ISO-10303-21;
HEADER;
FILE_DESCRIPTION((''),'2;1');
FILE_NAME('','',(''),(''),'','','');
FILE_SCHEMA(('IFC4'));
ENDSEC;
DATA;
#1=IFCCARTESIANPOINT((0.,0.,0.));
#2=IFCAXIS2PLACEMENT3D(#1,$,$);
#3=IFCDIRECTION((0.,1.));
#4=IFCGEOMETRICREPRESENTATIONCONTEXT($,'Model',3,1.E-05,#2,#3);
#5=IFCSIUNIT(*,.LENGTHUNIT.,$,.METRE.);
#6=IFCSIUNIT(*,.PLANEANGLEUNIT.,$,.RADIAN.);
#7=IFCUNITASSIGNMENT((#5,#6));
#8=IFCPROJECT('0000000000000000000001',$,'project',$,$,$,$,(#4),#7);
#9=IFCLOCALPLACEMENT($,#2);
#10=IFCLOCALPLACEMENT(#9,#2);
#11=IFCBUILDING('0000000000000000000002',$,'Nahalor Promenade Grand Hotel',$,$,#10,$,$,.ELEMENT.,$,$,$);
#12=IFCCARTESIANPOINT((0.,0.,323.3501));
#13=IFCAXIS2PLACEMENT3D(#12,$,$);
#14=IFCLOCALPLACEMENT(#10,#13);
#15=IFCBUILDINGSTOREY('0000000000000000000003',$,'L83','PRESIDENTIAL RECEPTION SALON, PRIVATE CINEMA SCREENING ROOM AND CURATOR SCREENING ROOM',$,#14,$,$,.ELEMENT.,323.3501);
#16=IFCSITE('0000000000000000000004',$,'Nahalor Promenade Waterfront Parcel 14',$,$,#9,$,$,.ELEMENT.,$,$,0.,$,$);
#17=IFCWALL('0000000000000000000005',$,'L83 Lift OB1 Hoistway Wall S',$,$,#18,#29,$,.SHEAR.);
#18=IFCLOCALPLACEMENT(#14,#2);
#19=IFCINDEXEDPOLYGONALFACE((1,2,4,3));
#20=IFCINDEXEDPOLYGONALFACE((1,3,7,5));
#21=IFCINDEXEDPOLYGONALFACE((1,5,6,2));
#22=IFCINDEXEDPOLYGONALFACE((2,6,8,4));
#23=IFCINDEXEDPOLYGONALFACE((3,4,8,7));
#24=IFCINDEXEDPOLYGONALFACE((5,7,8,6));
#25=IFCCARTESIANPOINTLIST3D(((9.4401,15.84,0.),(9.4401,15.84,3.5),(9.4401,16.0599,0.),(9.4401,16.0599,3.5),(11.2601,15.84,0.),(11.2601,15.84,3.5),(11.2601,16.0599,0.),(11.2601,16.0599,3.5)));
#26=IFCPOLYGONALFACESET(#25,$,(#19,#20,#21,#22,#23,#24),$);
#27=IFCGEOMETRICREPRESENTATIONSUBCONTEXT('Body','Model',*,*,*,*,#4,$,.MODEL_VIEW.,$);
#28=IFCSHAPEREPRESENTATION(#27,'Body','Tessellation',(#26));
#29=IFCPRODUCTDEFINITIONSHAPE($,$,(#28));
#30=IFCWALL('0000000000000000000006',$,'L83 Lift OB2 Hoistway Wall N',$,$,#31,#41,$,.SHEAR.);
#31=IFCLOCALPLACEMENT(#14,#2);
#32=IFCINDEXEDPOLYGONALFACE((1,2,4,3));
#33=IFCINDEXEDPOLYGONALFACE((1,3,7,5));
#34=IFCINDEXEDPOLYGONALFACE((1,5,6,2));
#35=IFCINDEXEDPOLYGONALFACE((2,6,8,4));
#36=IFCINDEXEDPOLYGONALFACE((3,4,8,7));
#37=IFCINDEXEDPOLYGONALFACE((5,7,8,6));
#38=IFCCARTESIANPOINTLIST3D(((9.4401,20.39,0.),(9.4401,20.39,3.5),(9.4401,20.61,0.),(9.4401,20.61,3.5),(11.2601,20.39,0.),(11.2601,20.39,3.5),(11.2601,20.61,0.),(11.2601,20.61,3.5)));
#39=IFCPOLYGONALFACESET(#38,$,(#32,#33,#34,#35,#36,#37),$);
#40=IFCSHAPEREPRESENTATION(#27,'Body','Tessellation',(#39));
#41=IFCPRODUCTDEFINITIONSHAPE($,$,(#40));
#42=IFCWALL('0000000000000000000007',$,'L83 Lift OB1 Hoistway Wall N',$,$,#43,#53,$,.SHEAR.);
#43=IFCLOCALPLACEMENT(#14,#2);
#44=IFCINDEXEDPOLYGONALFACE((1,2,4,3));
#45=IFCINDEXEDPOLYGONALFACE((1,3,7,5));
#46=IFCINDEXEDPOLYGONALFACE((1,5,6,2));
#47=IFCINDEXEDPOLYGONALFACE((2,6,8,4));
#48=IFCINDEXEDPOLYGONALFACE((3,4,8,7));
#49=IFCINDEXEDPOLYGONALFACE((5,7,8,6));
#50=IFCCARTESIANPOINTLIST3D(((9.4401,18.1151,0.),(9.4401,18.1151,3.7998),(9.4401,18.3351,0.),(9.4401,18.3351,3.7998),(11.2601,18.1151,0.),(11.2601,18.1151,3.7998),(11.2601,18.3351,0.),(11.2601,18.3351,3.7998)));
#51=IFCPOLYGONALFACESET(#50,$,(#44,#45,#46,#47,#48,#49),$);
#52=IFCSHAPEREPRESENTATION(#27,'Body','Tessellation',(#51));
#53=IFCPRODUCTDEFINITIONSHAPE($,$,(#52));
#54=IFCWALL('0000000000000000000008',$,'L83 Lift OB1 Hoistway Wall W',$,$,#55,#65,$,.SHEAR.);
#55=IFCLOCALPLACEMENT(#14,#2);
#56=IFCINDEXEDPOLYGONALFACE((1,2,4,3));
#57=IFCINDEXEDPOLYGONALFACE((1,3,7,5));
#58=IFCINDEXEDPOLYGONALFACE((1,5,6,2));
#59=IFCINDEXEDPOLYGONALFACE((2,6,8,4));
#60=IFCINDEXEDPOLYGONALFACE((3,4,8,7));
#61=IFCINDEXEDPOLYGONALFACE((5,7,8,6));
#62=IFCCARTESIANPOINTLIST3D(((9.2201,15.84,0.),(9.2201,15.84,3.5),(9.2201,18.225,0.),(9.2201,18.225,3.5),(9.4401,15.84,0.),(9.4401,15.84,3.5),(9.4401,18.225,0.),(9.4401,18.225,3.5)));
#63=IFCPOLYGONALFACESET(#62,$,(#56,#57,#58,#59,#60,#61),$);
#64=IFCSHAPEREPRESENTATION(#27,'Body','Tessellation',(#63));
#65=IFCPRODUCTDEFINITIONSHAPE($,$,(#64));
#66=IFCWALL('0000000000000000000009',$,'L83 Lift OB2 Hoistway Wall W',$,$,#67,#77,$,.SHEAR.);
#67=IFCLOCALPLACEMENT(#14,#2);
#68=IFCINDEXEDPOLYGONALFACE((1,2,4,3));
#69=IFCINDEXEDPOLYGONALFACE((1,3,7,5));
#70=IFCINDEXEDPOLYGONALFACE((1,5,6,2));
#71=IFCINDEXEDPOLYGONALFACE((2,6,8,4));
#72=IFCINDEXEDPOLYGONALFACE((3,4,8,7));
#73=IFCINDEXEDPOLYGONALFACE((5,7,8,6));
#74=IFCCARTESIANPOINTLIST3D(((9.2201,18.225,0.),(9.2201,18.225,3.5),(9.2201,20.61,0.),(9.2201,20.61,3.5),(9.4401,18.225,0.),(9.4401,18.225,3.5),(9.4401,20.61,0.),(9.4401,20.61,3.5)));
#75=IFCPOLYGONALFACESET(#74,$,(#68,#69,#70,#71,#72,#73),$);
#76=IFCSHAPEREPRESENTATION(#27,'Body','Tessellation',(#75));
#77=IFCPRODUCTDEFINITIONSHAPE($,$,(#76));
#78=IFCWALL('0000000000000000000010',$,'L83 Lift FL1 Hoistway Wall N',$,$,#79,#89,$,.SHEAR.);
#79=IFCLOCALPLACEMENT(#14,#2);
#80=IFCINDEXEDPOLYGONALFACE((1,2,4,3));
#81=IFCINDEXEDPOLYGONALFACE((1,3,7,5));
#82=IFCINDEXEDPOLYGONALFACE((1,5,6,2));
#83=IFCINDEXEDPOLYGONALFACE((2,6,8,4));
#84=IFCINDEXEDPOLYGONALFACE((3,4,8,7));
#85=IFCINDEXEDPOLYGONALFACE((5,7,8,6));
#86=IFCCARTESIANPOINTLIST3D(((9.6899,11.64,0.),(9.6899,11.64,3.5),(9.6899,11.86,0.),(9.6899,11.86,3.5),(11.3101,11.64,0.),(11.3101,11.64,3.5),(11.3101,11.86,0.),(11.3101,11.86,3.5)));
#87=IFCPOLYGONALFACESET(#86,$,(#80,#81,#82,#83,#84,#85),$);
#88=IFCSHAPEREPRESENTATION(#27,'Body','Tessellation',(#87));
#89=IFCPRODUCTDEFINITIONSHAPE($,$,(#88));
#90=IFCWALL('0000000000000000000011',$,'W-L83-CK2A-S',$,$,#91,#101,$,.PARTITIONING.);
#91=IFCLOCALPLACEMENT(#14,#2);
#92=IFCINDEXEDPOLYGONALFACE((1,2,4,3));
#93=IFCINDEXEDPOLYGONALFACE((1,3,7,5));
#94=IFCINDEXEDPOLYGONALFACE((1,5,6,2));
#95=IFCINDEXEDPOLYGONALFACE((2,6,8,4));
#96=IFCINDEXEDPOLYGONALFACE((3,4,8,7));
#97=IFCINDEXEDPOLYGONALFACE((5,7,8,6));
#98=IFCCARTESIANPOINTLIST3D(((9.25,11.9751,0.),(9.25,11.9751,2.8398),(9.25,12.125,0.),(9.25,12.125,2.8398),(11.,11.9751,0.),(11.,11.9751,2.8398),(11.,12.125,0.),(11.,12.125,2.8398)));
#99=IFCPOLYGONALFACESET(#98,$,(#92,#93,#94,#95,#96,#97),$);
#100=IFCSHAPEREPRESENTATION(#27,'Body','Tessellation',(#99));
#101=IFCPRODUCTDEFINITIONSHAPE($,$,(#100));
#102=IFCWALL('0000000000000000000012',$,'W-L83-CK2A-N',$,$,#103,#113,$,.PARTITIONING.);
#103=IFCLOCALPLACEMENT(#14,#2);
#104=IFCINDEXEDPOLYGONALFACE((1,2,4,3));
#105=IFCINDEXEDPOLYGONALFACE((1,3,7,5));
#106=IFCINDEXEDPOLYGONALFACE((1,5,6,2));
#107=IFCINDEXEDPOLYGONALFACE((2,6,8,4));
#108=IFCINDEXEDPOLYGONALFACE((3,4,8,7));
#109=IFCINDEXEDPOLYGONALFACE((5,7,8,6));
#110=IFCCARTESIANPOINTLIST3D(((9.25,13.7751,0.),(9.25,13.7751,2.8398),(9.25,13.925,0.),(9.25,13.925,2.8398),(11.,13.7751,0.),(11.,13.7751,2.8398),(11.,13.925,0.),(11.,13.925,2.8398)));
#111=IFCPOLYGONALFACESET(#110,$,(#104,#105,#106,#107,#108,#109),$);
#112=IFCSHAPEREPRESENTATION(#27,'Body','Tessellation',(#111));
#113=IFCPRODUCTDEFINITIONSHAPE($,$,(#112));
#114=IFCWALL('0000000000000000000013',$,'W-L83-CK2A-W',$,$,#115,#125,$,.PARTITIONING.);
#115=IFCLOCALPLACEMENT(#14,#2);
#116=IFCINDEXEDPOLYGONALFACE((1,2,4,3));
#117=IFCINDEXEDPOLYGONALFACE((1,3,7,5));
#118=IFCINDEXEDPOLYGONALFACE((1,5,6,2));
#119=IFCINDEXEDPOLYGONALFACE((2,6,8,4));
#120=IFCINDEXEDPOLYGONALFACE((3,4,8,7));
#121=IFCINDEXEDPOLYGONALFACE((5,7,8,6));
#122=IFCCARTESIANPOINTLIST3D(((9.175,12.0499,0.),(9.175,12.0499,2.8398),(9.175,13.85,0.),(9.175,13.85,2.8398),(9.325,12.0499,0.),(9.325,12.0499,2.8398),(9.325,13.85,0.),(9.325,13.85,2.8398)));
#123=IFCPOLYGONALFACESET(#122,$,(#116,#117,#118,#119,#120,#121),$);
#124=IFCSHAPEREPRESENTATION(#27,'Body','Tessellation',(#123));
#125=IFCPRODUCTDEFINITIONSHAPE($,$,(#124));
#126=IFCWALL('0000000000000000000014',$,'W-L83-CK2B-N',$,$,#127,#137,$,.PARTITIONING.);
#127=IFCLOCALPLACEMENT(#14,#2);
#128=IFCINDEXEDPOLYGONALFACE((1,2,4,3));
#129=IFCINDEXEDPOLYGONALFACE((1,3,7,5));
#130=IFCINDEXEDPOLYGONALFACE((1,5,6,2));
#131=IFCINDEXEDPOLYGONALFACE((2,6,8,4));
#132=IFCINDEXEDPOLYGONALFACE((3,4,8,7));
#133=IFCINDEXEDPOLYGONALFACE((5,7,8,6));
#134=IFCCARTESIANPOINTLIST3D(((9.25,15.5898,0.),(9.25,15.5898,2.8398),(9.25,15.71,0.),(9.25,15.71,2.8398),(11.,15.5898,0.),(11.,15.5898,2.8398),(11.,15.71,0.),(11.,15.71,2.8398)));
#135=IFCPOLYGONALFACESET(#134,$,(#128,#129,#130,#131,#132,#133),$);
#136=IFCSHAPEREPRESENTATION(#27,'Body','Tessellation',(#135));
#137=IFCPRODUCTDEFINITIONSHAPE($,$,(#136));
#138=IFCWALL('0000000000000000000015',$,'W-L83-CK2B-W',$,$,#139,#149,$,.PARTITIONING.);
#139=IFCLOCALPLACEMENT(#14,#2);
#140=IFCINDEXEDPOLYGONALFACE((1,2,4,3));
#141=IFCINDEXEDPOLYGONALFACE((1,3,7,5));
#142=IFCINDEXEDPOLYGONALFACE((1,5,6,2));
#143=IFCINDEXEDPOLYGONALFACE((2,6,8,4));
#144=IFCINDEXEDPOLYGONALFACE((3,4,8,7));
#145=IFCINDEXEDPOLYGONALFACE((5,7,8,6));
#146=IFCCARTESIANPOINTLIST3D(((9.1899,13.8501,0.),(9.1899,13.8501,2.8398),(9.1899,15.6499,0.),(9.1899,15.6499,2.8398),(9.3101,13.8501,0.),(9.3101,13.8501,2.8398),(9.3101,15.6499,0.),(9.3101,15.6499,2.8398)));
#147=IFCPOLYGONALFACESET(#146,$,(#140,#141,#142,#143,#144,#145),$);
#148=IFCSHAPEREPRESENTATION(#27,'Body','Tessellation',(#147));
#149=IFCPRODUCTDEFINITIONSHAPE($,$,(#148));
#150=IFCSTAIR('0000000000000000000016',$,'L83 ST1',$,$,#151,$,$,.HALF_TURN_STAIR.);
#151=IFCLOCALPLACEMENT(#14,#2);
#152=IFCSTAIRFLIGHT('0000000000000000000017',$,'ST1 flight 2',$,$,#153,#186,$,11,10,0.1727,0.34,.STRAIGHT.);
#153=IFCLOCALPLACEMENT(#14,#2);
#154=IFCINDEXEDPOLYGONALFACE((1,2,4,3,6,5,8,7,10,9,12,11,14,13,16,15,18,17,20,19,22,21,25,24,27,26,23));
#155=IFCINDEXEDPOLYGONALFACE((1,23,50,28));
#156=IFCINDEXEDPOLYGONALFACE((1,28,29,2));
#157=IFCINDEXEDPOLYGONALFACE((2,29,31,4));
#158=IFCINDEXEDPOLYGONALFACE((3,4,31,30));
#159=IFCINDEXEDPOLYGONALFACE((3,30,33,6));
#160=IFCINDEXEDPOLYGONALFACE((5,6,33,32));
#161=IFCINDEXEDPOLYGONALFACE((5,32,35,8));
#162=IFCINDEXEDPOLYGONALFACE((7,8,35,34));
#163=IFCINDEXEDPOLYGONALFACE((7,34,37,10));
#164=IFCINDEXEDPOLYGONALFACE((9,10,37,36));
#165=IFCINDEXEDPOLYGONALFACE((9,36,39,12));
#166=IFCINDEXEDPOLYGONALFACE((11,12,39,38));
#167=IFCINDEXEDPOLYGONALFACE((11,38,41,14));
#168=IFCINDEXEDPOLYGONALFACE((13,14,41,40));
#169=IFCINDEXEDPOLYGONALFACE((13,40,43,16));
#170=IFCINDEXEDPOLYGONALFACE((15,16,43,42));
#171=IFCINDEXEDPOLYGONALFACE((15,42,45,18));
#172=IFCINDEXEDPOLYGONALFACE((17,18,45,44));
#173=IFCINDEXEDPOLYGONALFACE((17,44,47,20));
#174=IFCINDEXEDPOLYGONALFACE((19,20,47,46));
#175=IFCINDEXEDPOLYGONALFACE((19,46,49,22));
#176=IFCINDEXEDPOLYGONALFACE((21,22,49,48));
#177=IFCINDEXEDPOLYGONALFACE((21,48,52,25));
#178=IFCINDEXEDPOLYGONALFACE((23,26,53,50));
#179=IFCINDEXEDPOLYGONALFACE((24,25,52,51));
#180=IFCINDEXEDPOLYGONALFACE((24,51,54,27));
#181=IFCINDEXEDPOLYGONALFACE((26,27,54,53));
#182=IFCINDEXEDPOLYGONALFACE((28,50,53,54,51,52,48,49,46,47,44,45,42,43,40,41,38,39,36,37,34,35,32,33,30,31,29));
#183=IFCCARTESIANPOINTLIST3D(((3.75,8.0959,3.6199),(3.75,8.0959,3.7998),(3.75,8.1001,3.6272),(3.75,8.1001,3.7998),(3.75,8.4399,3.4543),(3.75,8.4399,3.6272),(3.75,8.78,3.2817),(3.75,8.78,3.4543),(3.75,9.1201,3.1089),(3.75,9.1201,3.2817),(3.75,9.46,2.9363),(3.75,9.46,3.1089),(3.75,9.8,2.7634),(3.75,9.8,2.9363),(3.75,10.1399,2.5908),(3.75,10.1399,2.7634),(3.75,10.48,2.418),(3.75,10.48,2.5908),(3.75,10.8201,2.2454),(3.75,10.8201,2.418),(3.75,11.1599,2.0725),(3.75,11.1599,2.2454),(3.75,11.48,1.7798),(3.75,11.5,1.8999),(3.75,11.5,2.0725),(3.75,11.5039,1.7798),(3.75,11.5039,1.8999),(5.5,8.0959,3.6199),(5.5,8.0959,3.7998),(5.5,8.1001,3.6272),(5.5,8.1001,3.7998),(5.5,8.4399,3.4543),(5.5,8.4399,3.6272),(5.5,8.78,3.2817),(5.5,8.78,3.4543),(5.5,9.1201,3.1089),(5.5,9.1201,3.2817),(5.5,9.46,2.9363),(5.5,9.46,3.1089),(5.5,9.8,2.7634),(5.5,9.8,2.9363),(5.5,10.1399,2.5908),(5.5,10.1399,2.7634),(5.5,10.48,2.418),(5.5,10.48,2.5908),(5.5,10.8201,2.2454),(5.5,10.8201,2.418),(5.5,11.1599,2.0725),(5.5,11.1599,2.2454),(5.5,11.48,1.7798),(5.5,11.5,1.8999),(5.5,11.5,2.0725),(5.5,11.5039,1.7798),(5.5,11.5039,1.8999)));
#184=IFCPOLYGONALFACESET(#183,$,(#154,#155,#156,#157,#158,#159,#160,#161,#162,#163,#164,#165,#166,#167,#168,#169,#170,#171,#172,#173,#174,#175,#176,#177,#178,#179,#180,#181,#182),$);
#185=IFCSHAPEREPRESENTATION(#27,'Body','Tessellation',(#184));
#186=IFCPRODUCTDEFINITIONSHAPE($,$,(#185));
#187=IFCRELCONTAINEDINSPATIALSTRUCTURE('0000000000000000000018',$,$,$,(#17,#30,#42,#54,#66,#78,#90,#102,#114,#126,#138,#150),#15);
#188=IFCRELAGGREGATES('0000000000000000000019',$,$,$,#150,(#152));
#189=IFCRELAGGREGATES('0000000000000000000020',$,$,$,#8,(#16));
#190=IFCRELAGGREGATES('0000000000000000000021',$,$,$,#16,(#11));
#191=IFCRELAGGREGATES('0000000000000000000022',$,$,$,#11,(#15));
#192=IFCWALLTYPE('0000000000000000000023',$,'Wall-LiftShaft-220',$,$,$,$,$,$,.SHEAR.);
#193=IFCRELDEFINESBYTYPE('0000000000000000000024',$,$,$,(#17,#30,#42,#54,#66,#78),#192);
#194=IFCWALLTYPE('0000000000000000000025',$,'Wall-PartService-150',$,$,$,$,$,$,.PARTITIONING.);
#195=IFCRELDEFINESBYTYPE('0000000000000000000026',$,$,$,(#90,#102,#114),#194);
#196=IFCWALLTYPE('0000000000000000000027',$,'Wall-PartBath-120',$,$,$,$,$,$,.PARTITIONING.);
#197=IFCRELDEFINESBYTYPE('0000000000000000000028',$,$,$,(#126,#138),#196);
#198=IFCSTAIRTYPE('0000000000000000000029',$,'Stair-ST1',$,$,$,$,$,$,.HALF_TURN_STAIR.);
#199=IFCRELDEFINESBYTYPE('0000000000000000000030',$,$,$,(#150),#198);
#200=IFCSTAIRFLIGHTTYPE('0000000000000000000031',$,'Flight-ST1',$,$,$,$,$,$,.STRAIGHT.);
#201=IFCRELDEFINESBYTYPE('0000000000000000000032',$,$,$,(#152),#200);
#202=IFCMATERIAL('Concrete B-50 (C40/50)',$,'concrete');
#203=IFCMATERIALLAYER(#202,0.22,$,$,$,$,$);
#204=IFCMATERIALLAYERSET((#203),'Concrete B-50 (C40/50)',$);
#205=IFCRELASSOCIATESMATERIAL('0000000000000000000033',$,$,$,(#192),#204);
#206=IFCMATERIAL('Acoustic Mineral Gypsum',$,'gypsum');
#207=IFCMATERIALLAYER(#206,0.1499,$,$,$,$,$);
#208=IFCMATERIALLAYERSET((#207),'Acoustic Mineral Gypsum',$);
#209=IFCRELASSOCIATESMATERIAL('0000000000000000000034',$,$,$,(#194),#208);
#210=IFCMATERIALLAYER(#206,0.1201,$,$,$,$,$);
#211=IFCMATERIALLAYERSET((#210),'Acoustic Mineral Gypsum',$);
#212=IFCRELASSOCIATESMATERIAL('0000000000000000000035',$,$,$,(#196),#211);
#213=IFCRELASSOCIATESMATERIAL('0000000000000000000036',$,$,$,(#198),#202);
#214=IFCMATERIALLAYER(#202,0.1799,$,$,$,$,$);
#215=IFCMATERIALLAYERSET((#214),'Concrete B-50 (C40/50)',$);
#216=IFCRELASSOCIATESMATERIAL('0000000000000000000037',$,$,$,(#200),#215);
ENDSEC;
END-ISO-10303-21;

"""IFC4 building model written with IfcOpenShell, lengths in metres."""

from ifc_helpers import new_model, si_unit, direction, frame, frame_2d, origin, place, context, subcontext, project, spatial, polyline, rectangle, outline, extrude, source, transform, mapped, material, layer, layer_set, type_object, element, aggregate, save


model = new_model("IFC4")

# Units and contexts
model_context = context("Model", 3, precision=1e-05, world=origin(), true_north=direction((0.0, 1.0)))
body_context = subcontext(model_context, "Body", "Model", "MODEL_VIEW")
ifc_project = project(units=[si_unit("LENGTHUNIT", "METRE"), si_unit("PLANEANGLEUNIT", "RADIAN")], contexts=[model_context])

# Site, building, storey
site_placement = place(None, origin())
site = spatial("IfcSite", under=ifc_project, at=site_placement, Name="Nahalor Promenade Waterfront Parcel 14", CompositionType="ELEMENT", RefElevation=0.0)
building_placement = place(site_placement, origin())
building = spatial("IfcBuilding", under=site, at=building_placement, Name="Nahalor Promenade Grand Hotel", CompositionType="ELEMENT")
storey_placement = place(building_placement, frame((0.0, 0.0, 323.3501)))
storey = spatial("IfcBuildingStorey", under=building, at=storey_placement, Name="L83", Description="PRESIDENTIAL RECEPTION SALON, PRIVATE CINEMA SCREENING ROOM AND CURATOR SCREENING ROOM", CompositionType="ELEMENT", Elevation=323.3501)

# Shared definitions
ifc_material_1 = material(Name="Concrete B-50 (C40/50)", Category="concrete")

# Walls
ifc_layer_1 = layer(ifc_material_1, 0.22)
ifc_layer_set_1 = layer_set([ifc_layer_1], Name="Concrete B-50 (C40/50)")
wall_type_1 = type_object("IfcWallType", Name="Wall-LiftShaft-220", PredefinedType="SHEAR", material=ifc_layer_set_1)
shared_shape_1 = source(origin(), body_context, "Body", "SweptSolid", [
    extrude(rectangle(XDim=1.8201, YDim=0.22, at=frame_2d((0.9102, 0.0))), origin(), (0.0, 0.0, 1.0), 3.5),
])
for number, where, z_axis, x_axis, name in (
    (1, (9.4399, 15.95, 0.0), (0.0, 0.0, 1.0), (1.0, 0.0, 0.0), "L83 Lift OB1 Hoistway Wall S"),
    (2, (9.4399, 20.5, 0.0), (0.0, 0.0, 1.0), (1.0, 0.0, 0.0), "L83 Lift OB2 Hoistway Wall N"),
):
    element("IfcWall", number, at=place(storey_placement, frame(where, z_axis=z_axis, x_axis=x_axis)), inside=storey, type_object=wall_type_1, Name=name, PredefinedType="SHEAR", context=body_context, shape_type="MappedRepresentation", body=[
        mapped(shared_shape_1, transform((0.0, 0.0, 0.0), scale=1.0)),
    ])
shared_shape_2 = source(origin(), body_context, "Body", "SweptSolid", [
    extrude(rectangle(XDim=1.8201, YDim=0.22, at=frame_2d((0.9102, 0.0))), origin(), (0.0, 0.0, 1.0), 3.7998),
])
wall_1_placement = place(storey_placement, frame((9.4399, 18.2251, 0.0), z_axis=(0.0, 0.0, 1.0), x_axis=(1.0, 0.0, 0.0)))
element("IfcWall", 3, at=wall_1_placement, inside=storey, type_object=wall_type_1, Name="L83 Lift OB1 Hoistway Wall N", PredefinedType="SHEAR", context=body_context, shape_type="MappedRepresentation", body=[
    mapped(shared_shape_2, transform((0.0, 0.0, 0.0), scale=1.0)),
])
shared_shape_3 = source(origin(), body_context, "Body", "SweptSolid", [
    extrude(rectangle(XDim=2.385, YDim=0.22, at=frame_2d((1.1924, 0.0))), origin(), (0.0, 0.0, 1.0), 3.5),
])
for number, where, z_axis, x_axis, name in (
    (4, (9.3301, 15.8401, 0.0), (0.0, 0.0, 1.0), (0.0, 1.0, 0.0), "L83 Lift OB1 Hoistway Wall W"),
    (5, (9.3301, 18.2251, 0.0), (0.0, 0.0, 1.0), (0.0, 1.0, 0.0), "L83 Lift OB2 Hoistway Wall W"),
):
    element("IfcWall", number, at=place(storey_placement, frame(where, z_axis=z_axis, x_axis=x_axis)), inside=storey, type_object=wall_type_1, Name=name, PredefinedType="SHEAR", context=body_context, shape_type="MappedRepresentation", body=[
        mapped(shared_shape_3, transform((0.0, 0.0, 0.0), scale=1.0)),
    ])
shared_shape_4 = source(origin(), body_context, "Body", "SweptSolid", [
    extrude(rectangle(XDim=1.6201, YDim=0.22, at=frame_2d((0.8101, 0.0))), origin(), (0.0, 0.0, 1.0), 3.5),
])
wall_2_placement = place(storey_placement, frame((9.6899, 11.75, 0.0), z_axis=(0.0, 0.0, 1.0), x_axis=(1.0, 0.0, 0.0)))
element("IfcWall", 6, at=wall_2_placement, inside=storey, type_object=wall_type_1, Name="L83 Lift FL1 Hoistway Wall N", PredefinedType="SHEAR", context=body_context, shape_type="MappedRepresentation", body=[
    mapped(shared_shape_4, transform((0.0, 0.0, 0.0), scale=1.0)),
])
ifc_material_2 = material(Name="Acoustic Mineral Gypsum", Category="gypsum")
ifc_layer_2 = layer(ifc_material_2, 0.1499)
ifc_layer_set_2 = layer_set([ifc_layer_2], Name="Acoustic Mineral Gypsum")
wall_type_2 = type_object("IfcWallType", Name="Wall-PartService-150", PredefinedType="PARTITIONING", material=ifc_layer_set_2)
shared_shape_5 = source(origin(), body_context, "Body", "SweptSolid", [
    extrude(rectangle(XDim=1.75, YDim=0.1499, at=frame_2d((0.875, 0.0))), origin(), (0.0, 0.0, 1.0), 2.8398),
])
for number, where, z_axis, x_axis, name in (
    (7, (9.25, 12.05, 0.0), (0.0, 0.0, 1.0), (1.0, 0.0, 0.0), "W-L83-CK2A-S"),
    (8, (9.25, 13.8501, 0.0), (0.0, 0.0, 1.0), (1.0, 0.0, 0.0), "W-L83-CK2A-N"),
):
    element("IfcWall", number, at=place(storey_placement, frame(where, z_axis=z_axis, x_axis=x_axis)), inside=storey, type_object=wall_type_2, Name=name, PredefinedType="PARTITIONING", context=body_context, shape_type="MappedRepresentation", body=[
        mapped(shared_shape_5, transform((0.0, 0.0, 0.0), scale=1.0)),
    ])
shared_shape_6 = source(origin(), body_context, "Body", "SweptSolid", [
    extrude(rectangle(XDim=1.8, YDim=0.1499, at=frame_2d((0.8999, 0.0))), origin(), (0.0, 0.0, 1.0), 2.8398),
])
wall_3_placement = place(storey_placement, frame((9.25, 12.05, 0.0), z_axis=(0.0, 0.0, 1.0), x_axis=(0.0, 1.0, 0.0)))
element("IfcWall", 9, at=wall_3_placement, inside=storey, type_object=wall_type_2, Name="W-L83-CK2A-W", PredefinedType="PARTITIONING", context=body_context, shape_type="MappedRepresentation", body=[
    mapped(shared_shape_6, transform((0.0, 0.0, 0.0), scale=1.0)),
])
ifc_layer_3 = layer(ifc_material_2, 0.1201)
ifc_layer_set_3 = layer_set([ifc_layer_3], Name="Acoustic Mineral Gypsum")
wall_type_3 = type_object("IfcWallType", Name="Wall-PartBath-120", PredefinedType="PARTITIONING", material=ifc_layer_set_3)
shared_shape_7 = source(origin(), body_context, "Body", "SweptSolid", [
    extrude(rectangle(XDim=1.75, YDim=0.1201, at=frame_2d((0.875, 0.0))), origin(), (0.0, 0.0, 1.0), 2.8398),
])
wall_4_placement = place(storey_placement, frame((9.25, 15.6499, 0.0), z_axis=(0.0, 0.0, 1.0), x_axis=(1.0, 0.0, 0.0)))
element("IfcWall", 10, at=wall_4_placement, inside=storey, type_object=wall_type_3, Name="W-L83-CK2B-N", PredefinedType="PARTITIONING", context=body_context, shape_type="MappedRepresentation", body=[
    mapped(shared_shape_7, transform((0.0, 0.0, 0.0), scale=1.0)),
])
shared_shape_8 = source(origin(), body_context, "Body", "SweptSolid", [
    extrude(rectangle(XDim=1.7998, YDim=0.1201, at=frame_2d((0.8999, 0.0))), origin(), (0.0, 0.0, 1.0), 2.8398),
])
wall_5_placement = place(storey_placement, frame((9.25, 13.8501, 0.0), z_axis=(0.0, 0.0, 1.0), x_axis=(0.0, 1.0, 0.0)))
element("IfcWall", 11, at=wall_5_placement, inside=storey, type_object=wall_type_3, Name="W-L83-CK2B-W", PredefinedType="PARTITIONING", context=body_context, shape_type="MappedRepresentation", body=[
    mapped(shared_shape_8, transform((0.0, 0.0, 0.0), scale=1.0)),
])

# Stair, stair flight
stair_type = type_object("IfcStairType", Name="Stair-ST1", PredefinedType="HALF_TURN_STAIR", material=ifc_material_1)
stair_placement = place(storey_placement, origin())
stair = element("IfcStair", 12, at=stair_placement, inside=storey, type_object=stair_type, Name="L83 ST1", PredefinedType="HALF_TURN_STAIR")
ifc_layer_4 = layer(ifc_material_1, 0.1799)
ifc_layer_set_4 = layer_set([ifc_layer_4], Name="Concrete B-50 (C40/50)")
stair_flight_type = type_object("IfcStairFlightType", Name="Flight-ST1", PredefinedType="STRAIGHT", material=ifc_layer_set_4)
shared_shape_9 = source(origin(), body_context, "Body", "SweptSolid", [
    extrude(outline(polyline([(-0.0039, -0.1201), (-0.0039, 0.0), (0.0, 0.0), (0.0, 0.1726), (0.3401, 0.1726), (0.3401, 0.3455), (0.6799, 0.3455), (0.6799, 0.5181), (1.02, 0.5181), (1.02, 0.6909), (1.3601, 0.6909), (1.3601, 0.8635), (1.7, 0.8635), (1.7, 1.0364), (2.04, 1.0364), (2.04, 1.209), (2.3799, 1.209), (2.3799, 1.3818), (2.72, 1.3818), (2.72, 1.5544), (3.0601, 1.5544), (3.0601, 1.7273), (3.3999, 1.7273), (3.3999, 1.8999), (3.4041, 1.8999), (3.4041, 1.72), (0.02, -0.1201), (-0.0039, -0.1201)])), frame((0.0, 0.875, 0.0), z_axis=(0.0, -1.0, 0.0), x_axis=(1.0, 0.0, 0.0)), (0.0, 0.0, 1.0), 1.75),
])
stair_flight_placement = place(storey_placement, frame((4.625, 11.5, 1.8999), z_axis=(0.0, 0.0, 1.0), x_axis=(0.0, -1.0, 0.0)))
stair_flight = element("IfcStairFlight", 13, at=stair_flight_placement, type_object=stair_flight_type, Name="ST1 flight 2", NumberOfRisers=11, NumberOfTreads=10, PredefinedType="STRAIGHT", RiserHeight=0.1727, TreadLength=0.34, context=body_context, shape_type="MappedRepresentation", body=[
    mapped(shared_shape_9, transform((0.0, 0.0, 0.0), scale=1.0)),
])
aggregate(stair, [stair_flight])

save(model, "model.ifc")
